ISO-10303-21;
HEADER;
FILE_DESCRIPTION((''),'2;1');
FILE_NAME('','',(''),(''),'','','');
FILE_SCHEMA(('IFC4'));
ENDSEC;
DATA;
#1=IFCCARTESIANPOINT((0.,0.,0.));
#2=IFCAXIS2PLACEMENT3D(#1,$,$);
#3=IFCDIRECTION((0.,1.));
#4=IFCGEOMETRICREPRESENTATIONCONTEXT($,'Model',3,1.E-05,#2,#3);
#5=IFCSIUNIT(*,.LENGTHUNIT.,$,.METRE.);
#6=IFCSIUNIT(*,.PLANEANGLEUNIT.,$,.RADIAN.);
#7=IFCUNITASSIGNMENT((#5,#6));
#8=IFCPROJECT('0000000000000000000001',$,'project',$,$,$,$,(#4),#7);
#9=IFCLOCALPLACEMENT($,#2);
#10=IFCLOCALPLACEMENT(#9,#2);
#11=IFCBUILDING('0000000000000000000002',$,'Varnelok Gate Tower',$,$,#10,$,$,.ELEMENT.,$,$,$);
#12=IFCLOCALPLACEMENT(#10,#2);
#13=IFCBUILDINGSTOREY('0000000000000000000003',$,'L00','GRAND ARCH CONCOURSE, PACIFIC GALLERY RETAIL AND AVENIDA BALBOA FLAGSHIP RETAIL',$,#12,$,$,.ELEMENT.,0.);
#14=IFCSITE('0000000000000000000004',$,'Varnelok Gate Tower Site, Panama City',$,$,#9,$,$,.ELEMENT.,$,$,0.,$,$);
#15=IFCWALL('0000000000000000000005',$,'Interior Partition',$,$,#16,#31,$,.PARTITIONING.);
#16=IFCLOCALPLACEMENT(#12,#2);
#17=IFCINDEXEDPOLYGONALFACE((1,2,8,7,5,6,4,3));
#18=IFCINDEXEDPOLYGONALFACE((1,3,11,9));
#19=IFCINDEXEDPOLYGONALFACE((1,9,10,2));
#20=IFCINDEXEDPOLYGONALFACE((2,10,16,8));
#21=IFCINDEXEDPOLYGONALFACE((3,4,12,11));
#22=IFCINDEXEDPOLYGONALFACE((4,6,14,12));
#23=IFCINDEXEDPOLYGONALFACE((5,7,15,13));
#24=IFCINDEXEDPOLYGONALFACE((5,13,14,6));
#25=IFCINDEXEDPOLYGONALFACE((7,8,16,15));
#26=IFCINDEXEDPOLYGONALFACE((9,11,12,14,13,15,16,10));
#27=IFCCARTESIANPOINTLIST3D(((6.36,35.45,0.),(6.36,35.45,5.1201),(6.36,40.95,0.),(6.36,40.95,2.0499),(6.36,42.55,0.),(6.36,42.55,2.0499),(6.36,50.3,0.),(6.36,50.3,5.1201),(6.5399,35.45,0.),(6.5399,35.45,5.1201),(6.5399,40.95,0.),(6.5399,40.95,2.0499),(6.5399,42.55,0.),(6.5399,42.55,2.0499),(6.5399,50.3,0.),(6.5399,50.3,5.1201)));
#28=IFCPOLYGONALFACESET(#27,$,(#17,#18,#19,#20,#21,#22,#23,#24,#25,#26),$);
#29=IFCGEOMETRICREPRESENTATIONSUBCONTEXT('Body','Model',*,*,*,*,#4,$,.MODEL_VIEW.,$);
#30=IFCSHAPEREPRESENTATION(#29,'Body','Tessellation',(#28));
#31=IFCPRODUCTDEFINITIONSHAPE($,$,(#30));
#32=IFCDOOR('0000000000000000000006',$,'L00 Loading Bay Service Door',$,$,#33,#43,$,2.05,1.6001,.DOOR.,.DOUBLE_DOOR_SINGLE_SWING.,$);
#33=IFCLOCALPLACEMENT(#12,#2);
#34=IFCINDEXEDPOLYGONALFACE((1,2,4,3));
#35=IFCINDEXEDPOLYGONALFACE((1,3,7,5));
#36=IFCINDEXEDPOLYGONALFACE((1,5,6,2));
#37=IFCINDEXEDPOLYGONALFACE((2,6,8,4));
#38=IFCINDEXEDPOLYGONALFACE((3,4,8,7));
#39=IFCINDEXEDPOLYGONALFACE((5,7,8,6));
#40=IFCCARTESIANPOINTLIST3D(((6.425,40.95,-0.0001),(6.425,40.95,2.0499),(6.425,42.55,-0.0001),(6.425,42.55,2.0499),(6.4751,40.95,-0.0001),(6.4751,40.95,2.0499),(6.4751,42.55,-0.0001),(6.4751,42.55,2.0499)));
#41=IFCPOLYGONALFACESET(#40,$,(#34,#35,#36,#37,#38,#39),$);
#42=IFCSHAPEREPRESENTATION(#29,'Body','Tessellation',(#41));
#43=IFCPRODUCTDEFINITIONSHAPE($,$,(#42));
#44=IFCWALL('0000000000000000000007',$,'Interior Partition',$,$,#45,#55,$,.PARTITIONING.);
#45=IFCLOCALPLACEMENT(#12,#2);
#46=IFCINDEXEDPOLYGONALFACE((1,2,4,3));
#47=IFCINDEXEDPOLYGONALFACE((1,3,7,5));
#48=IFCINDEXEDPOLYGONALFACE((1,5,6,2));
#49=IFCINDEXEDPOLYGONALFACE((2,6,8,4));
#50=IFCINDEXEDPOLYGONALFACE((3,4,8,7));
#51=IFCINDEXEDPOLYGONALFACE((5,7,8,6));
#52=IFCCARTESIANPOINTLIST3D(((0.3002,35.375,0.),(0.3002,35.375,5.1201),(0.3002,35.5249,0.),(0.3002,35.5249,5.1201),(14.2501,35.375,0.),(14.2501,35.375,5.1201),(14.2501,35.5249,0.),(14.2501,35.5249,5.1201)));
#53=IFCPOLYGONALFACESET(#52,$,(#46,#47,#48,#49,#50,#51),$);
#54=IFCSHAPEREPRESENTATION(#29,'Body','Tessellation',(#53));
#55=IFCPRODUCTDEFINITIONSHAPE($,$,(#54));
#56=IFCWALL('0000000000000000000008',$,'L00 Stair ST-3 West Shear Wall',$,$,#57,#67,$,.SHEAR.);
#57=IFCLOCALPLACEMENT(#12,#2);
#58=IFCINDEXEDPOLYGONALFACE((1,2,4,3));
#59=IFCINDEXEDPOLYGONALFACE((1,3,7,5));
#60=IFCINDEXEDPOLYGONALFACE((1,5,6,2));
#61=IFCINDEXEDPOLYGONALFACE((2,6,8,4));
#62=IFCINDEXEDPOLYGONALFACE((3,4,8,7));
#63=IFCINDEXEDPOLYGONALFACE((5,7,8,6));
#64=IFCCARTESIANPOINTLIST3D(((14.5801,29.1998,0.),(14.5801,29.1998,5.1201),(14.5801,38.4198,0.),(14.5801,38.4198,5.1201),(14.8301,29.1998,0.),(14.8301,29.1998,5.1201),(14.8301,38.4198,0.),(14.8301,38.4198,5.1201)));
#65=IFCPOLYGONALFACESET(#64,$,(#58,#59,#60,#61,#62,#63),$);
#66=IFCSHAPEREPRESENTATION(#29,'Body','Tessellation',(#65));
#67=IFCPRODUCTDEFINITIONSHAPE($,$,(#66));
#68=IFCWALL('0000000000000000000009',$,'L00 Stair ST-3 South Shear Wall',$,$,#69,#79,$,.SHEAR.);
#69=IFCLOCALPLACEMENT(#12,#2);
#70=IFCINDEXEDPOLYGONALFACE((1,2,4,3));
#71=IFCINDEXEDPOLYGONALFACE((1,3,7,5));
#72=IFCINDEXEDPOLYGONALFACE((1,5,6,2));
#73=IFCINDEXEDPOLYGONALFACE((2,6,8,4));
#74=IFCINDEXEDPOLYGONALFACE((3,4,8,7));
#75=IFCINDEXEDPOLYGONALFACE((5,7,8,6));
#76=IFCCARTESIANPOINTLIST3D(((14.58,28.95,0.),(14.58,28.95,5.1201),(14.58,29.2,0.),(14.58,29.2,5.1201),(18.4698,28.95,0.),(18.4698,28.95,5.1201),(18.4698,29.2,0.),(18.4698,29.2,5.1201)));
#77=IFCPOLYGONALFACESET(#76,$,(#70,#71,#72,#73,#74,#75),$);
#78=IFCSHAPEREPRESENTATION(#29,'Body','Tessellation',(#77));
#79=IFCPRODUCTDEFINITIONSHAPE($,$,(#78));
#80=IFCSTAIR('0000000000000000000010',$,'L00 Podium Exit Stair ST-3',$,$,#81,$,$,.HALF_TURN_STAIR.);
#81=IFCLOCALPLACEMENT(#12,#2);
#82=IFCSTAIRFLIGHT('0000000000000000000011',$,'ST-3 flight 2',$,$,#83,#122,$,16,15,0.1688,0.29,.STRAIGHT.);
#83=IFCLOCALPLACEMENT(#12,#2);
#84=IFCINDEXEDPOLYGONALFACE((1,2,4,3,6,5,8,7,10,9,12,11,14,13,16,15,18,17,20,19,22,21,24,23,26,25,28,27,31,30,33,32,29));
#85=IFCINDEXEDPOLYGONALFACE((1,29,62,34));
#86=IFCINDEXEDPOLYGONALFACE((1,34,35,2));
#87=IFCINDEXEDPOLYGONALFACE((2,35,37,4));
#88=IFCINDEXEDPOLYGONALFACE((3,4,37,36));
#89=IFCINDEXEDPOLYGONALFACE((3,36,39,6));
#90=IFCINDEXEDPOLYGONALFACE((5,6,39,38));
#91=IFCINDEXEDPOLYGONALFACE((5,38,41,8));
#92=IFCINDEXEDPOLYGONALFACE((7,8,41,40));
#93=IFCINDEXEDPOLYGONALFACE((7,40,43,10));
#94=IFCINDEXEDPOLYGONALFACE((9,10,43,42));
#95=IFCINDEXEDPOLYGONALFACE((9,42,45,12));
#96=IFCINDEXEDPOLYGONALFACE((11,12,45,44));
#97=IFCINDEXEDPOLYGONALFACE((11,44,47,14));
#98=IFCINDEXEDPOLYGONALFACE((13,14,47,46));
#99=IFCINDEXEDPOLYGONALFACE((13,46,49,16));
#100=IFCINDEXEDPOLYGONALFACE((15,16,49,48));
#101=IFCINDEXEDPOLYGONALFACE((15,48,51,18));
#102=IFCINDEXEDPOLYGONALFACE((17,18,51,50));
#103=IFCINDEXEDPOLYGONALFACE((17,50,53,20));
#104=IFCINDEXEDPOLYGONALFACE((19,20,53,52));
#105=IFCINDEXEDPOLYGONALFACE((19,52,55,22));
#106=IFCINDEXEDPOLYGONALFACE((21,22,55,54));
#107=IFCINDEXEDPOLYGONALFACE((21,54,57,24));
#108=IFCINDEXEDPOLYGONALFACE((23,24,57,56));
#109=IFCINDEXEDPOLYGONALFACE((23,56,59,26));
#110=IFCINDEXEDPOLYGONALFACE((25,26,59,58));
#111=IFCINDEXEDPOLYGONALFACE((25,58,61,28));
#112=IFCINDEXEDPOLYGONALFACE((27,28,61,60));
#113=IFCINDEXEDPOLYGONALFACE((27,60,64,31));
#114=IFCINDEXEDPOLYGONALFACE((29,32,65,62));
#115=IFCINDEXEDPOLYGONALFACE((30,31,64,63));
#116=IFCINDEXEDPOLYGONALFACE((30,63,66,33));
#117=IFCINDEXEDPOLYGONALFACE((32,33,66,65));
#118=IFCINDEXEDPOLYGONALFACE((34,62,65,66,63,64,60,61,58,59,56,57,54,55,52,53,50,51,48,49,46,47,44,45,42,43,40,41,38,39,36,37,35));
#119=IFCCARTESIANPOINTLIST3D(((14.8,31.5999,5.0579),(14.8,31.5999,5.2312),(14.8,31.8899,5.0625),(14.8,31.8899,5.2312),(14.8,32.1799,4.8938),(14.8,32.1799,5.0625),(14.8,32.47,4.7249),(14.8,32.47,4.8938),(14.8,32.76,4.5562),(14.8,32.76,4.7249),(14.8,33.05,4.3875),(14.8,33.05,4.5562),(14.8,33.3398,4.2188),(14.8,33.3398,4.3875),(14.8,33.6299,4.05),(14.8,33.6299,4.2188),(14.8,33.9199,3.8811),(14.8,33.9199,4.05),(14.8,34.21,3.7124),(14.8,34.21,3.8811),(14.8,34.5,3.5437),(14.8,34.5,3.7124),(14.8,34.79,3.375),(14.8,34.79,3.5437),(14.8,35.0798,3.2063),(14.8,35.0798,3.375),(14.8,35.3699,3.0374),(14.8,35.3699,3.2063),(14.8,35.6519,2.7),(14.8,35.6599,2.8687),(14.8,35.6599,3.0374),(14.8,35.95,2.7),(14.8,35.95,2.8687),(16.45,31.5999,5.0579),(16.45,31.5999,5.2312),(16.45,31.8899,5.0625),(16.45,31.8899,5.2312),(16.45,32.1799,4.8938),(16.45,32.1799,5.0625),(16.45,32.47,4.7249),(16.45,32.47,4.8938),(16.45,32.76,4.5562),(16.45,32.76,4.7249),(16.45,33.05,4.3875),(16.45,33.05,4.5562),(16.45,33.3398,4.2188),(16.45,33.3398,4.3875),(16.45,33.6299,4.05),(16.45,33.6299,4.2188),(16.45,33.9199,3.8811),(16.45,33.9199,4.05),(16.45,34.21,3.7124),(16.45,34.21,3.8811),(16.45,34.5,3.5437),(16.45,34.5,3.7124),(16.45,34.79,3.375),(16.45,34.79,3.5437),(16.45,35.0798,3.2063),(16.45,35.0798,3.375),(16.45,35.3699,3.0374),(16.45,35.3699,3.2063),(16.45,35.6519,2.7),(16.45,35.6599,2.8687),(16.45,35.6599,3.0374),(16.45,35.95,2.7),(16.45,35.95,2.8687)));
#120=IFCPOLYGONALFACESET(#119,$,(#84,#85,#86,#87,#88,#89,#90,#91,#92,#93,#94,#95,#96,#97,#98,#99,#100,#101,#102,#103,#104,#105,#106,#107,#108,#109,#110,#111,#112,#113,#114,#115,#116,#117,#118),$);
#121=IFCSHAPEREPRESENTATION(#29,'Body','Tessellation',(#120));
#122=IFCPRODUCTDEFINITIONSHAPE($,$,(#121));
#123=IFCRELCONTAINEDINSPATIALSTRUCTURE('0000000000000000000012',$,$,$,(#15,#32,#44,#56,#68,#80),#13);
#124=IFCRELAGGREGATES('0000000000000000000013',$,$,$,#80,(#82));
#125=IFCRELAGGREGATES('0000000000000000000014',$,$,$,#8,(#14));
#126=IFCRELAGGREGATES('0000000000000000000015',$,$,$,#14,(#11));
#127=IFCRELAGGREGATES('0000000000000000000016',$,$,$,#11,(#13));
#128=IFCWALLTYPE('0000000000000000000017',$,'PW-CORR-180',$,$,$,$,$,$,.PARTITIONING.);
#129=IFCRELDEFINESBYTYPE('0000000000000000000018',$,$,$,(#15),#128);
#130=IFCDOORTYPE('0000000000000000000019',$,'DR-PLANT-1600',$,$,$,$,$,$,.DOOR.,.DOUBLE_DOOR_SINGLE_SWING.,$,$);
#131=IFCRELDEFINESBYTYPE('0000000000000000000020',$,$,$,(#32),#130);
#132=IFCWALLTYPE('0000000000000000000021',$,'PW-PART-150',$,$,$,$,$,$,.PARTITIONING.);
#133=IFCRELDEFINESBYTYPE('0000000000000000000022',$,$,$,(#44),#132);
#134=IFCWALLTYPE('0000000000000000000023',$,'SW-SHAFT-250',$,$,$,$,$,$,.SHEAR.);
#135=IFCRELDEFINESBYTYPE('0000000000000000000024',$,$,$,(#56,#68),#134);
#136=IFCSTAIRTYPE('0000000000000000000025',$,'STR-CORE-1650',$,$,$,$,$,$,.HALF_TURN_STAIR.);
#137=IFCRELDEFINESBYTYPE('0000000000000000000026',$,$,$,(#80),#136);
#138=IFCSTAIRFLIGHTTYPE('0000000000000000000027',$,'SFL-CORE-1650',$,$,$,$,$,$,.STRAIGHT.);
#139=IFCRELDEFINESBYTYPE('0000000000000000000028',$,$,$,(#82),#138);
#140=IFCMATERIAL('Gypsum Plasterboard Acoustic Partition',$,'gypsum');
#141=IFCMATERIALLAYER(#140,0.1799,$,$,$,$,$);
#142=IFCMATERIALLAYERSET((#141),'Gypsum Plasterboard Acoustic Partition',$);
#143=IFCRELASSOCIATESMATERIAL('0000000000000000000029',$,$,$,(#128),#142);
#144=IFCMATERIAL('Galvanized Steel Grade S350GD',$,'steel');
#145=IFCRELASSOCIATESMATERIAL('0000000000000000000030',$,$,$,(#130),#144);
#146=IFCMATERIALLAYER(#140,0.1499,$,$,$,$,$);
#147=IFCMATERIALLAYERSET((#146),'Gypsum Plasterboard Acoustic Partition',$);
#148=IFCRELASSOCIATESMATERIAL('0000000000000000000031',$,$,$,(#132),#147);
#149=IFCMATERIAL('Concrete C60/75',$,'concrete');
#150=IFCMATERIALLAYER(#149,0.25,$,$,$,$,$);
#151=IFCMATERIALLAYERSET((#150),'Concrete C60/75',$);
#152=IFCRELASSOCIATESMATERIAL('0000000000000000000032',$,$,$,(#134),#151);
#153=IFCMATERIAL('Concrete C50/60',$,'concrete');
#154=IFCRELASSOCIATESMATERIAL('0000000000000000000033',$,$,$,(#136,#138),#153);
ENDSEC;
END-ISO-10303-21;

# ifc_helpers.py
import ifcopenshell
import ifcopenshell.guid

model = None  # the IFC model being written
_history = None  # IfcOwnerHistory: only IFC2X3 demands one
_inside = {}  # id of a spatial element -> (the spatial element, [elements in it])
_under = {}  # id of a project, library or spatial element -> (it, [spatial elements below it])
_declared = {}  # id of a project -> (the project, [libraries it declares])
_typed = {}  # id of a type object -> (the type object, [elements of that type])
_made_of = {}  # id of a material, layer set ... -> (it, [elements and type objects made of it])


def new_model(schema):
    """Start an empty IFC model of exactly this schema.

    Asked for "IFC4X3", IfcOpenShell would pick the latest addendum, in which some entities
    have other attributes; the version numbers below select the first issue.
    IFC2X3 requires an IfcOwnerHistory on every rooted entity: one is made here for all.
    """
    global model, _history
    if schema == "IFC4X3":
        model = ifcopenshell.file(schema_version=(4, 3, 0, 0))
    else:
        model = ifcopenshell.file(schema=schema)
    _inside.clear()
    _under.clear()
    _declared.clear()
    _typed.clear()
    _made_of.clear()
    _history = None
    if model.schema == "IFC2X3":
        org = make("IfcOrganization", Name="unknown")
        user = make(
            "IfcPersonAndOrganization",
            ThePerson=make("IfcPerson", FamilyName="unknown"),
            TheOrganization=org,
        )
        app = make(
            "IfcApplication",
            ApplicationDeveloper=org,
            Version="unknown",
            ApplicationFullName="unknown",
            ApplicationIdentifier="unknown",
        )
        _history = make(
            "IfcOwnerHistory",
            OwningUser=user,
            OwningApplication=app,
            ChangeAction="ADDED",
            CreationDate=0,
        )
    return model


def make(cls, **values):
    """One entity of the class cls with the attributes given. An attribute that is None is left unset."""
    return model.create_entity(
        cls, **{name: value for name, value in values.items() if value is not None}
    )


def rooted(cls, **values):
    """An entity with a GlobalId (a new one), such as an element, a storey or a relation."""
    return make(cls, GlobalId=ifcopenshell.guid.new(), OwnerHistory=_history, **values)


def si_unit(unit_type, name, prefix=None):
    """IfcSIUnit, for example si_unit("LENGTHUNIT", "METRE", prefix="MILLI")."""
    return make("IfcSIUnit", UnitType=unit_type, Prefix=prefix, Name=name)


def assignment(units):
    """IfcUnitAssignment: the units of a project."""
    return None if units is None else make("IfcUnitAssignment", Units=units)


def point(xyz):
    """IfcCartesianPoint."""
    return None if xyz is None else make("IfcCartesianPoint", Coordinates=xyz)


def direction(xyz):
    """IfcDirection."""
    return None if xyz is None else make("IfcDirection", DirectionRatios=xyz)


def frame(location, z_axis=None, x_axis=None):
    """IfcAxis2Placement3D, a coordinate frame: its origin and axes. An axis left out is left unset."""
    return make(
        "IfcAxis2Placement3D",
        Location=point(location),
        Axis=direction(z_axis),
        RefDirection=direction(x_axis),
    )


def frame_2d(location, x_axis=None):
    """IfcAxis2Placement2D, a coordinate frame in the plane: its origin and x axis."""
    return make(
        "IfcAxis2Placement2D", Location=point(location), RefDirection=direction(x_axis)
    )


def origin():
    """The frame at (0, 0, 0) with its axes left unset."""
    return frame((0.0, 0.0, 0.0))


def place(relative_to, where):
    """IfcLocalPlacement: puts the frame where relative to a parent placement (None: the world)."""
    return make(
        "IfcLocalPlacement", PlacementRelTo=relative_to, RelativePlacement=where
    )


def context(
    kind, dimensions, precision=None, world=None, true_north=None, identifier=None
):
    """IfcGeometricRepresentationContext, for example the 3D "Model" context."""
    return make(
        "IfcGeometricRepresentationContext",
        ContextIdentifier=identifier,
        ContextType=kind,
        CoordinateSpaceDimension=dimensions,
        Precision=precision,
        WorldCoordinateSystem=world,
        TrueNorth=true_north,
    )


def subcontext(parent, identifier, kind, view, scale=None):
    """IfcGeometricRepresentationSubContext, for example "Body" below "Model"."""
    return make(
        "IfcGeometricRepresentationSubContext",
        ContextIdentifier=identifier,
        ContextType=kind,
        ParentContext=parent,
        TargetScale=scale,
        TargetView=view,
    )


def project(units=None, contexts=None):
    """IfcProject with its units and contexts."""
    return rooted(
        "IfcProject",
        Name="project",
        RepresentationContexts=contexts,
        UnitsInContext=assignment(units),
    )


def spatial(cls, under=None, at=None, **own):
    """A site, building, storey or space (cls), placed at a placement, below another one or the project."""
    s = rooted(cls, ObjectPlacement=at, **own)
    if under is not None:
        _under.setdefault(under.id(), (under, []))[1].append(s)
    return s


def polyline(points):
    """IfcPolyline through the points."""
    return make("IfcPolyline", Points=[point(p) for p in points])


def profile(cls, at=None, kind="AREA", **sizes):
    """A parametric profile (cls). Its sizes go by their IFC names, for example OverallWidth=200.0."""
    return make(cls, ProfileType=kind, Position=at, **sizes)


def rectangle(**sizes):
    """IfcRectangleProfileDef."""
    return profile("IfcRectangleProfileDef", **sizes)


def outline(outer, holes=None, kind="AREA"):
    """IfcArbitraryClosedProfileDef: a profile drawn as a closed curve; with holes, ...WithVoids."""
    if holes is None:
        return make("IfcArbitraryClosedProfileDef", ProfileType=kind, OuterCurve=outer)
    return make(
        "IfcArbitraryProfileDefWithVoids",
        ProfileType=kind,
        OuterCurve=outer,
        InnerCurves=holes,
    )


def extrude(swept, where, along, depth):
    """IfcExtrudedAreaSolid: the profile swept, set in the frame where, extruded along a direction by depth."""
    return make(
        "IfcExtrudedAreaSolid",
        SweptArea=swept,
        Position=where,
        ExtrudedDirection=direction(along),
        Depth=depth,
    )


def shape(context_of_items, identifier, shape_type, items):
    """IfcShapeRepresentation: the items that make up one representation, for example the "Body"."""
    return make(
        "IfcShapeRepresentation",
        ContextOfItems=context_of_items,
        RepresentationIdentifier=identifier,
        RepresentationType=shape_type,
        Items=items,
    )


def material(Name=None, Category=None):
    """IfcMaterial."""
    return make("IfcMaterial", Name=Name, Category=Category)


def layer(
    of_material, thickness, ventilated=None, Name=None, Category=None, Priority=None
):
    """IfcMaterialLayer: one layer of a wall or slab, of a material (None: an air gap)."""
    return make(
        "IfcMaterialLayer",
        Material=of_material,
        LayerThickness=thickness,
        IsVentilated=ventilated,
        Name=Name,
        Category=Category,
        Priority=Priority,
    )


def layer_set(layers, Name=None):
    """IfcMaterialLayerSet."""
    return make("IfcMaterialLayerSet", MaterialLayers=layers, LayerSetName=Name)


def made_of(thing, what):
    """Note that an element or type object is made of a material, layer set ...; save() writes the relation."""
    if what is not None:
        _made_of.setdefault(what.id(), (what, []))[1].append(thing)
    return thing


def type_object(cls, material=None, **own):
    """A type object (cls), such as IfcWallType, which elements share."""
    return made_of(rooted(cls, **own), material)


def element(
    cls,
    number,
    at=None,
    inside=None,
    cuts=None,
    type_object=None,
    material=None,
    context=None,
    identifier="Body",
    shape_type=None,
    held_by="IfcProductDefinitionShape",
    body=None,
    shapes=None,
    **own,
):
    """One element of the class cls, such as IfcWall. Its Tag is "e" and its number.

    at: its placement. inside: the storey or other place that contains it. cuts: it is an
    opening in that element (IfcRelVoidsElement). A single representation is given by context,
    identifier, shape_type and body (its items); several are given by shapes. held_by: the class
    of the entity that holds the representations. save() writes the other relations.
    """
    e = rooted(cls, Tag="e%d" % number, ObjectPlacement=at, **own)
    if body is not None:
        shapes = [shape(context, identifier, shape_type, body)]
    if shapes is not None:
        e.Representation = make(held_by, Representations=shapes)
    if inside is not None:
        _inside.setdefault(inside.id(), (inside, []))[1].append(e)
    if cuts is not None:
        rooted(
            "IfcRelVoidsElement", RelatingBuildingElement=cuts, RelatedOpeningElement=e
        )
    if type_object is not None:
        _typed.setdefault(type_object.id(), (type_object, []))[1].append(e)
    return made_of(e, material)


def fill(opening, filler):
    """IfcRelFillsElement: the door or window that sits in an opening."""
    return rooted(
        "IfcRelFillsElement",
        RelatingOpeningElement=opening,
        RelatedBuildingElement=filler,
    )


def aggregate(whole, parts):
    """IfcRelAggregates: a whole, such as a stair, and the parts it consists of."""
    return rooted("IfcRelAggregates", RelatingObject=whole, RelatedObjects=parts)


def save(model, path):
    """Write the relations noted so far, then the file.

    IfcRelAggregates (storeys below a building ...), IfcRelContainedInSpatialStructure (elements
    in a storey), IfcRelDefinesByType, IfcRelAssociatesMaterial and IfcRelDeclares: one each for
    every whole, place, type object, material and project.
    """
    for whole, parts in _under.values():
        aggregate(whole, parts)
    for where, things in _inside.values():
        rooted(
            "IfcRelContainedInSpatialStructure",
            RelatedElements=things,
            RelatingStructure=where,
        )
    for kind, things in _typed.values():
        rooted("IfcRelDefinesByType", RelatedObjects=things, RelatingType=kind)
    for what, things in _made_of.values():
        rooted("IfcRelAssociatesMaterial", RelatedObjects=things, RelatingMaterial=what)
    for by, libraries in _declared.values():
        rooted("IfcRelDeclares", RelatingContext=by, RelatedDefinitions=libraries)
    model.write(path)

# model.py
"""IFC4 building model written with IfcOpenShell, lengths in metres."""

from ifc_helpers import new_model, si_unit, direction, frame, frame_2d, origin, place, context, subcontext, project, spatial, polyline, rectangle, outline, extrude, material, layer, layer_set, type_object, element, fill, aggregate, save


model = new_model("IFC4")

# Units and contexts
model_context = context("Model", 3, precision=1e-05, world=origin(), true_north=direction((0.0, 1.0)))
body_context = subcontext(model_context, "Body", "Model", "MODEL_VIEW")
ifc_project = project(units=[si_unit("LENGTHUNIT", "METRE"), si_unit("PLANEANGLEUNIT", "RADIAN")], contexts=[model_context])

# Site, building, storey
site_placement = place(None, origin())
site = spatial("IfcSite", under=ifc_project, at=site_placement, Name="Varnelok Gate Tower Site, Panama City", CompositionType="ELEMENT", RefElevation=0.0)
building_placement = place(site_placement, origin())
building = spatial("IfcBuilding", under=site, at=building_placement, Name="Varnelok Gate Tower", CompositionType="ELEMENT")
storey_placement = place(building_placement, origin())
storey = spatial("IfcBuildingStorey", under=building, at=storey_placement, Name="L00", Description="GRAND ARCH CONCOURSE, PACIFIC GALLERY RETAIL AND AVENIDA BALBOA FLAGSHIP RETAIL", CompositionType="ELEMENT", Elevation=0.0)

# Shared definitions
ifc_material_1 = material(Name="Concrete C60/75", Category="concrete")

# Wall, opening, door
ifc_material_2 = material(Name="Gypsum Plasterboard Acoustic Partition", Category="gypsum")
ifc_layer_1 = layer(ifc_material_2, 0.1799)
ifc_layer_set_1 = layer_set([ifc_layer_1], Name="Gypsum Plasterboard Acoustic Partition")
wall_type_1 = type_object("IfcWallType", Name="PW-CORR-180", PredefinedType="PARTITIONING", material=ifc_layer_set_1)
wall_1_placement = place(storey_placement, frame((6.45, 35.45, 0.0), z_axis=(0.0, 0.0, 1.0), x_axis=(0.0, 1.0, 0.0)))
wall_1 = element("IfcWall", 1, at=wall_1_placement, inside=storey, type_object=wall_type_1, Name="Interior Partition", PredefinedType="PARTITIONING", context=body_context, shape_type="SweptSolid", body=[
    extrude(rectangle(XDim=14.8501, YDim=0.1799, at=frame_2d((7.425, 0.0))), origin(), (0.0, 0.0, 1.0), 5.1201),
])
opening_placement = place(wall_1_placement, frame((5.5, 0.0, 0.0)))
opening = element("IfcOpeningElement", 2, at=opening_placement, cuts=wall_1, PredefinedType="OPENING", context=body_context, shape_type="SweptSolid", body=[
    extrude(rectangle(XDim=1.6001, YDim=2.05, at=frame_2d((0.8, 1.0249))), frame((0.0, 0.0999, 0.0), z_axis=(0.0, -1.0, 0.0), x_axis=(1.0, 0.0, 0.0)), (0.0, 0.0, 1.0), 0.2),
])
ifc_material_3 = material(Name="Galvanized Steel Grade S350GD", Category="steel")
door_type = type_object("IfcDoorType", Name="DR-PLANT-1600", OperationType="DOUBLE_DOOR_SINGLE_SWING", PredefinedType="DOOR", material=ifc_material_3)
door_placement = place(opening_placement, origin())
door = element("IfcDoor", 3, at=door_placement, inside=storey, type_object=door_type, Name="L00 Loading Bay Service Door", OperationType="DOUBLE_DOOR_SINGLE_SWING", OverallHeight=2.05, OverallWidth=1.6001, PredefinedType="DOOR", context=body_context, shape_type="SweptSolid", body=[
    extrude(rectangle(XDim=1.6001, YDim=2.05, at=frame_2d((0.8, 1.0249))), frame((0.0, 0.0249, 0.0), z_axis=(0.0, -1.0, 0.0), x_axis=(1.0, 0.0, 0.0)), (0.0, 0.0, 1.0), 0.05),
])
fill(opening, door)

# Walls
ifc_layer_2 = layer(ifc_material_2, 0.1499)
ifc_layer_set_2 = layer_set([ifc_layer_2], Name="Gypsum Plasterboard Acoustic Partition")
wall_type_2 = type_object("IfcWallType", Name="PW-PART-150", PredefinedType="PARTITIONING", material=ifc_layer_set_2)
wall_2_placement = place(storey_placement, frame((0.3, 35.45, 0.0), z_axis=(0.0, 0.0, 1.0), x_axis=(1.0, 0.0, 0.0)))
element("IfcWall", 4, at=wall_2_placement, inside=storey, type_object=wall_type_2, Name="Interior Partition", PredefinedType="PARTITIONING", context=body_context, shape_type="SweptSolid", body=[
    extrude(rectangle(XDim=13.95, YDim=0.1499, at=frame_2d((6.9751, 0.0))), origin(), (0.0, 0.0, 1.0), 5.1201),
])
ifc_layer_3 = layer(ifc_material_1, 0.25)
ifc_layer_set_3 = layer_set([ifc_layer_3], Name="Concrete C60/75")
wall_type_3 = type_object("IfcWallType", Name="SW-SHAFT-250", PredefinedType="SHEAR", material=ifc_layer_set_3)
wall_3_placement = place(storey_placement, frame((14.7051, 29.2, 0.0), z_axis=(0.0, 0.0, 1.0), x_axis=(0.0, 1.0, 0.0)))
element("IfcWall", 5, at=wall_3_placement, inside=storey, type_object=wall_type_3, Name="L00 Stair ST-3 West Shear Wall", PredefinedType="SHEAR", context=body_context, shape_type="SweptSolid", body=[
    extrude(rectangle(XDim=9.22, YDim=0.25, at=frame_2d((4.6099, 0.0))), origin(), (0.0, 0.0, 1.0), 5.1201),
])
wall_4_placement = place(storey_placement, frame((14.5801, 29.075, 0.0), z_axis=(0.0, 0.0, 1.0), x_axis=(1.0, 0.0, 0.0)))
element("IfcWall", 6, at=wall_4_placement, inside=storey, type_object=wall_type_3, Name="L00 Stair ST-3 South Shear Wall", PredefinedType="SHEAR", context=body_context, shape_type="SweptSolid", body=[
    extrude(rectangle(XDim=3.8899, YDim=0.25, at=frame_2d((1.9448, 0.0))), origin(), (0.0, 0.0, 1.0), 5.1201),
])

# Stair, stair flight
ifc_material_4 = material(Name="Concrete C50/60", Category="concrete")
stair_type = type_object("IfcStairType", Name="STR-CORE-1650", PredefinedType="HALF_TURN_STAIR", material=ifc_material_4)
stair_placement = place(storey_placement, origin())
stair = element("IfcStair", 7, at=stair_placement, inside=storey, type_object=stair_type, Name="L00 Podium Exit Stair ST-3", PredefinedType="HALF_TURN_STAIR")
stair_flight_type = type_object("IfcStairFlightType", Name="SFL-CORE-1650", PredefinedType="STRAIGHT", material=ifc_material_4)
stair_flight_placement = place(storey_placement, frame((15.625, 35.95, 2.7), z_axis=(0.0, 0.0, 1.0), x_axis=(0.0, -1.0, 0.0)))
stair_flight = element("IfcStairFlight", 8, at=stair_flight_placement, type_object=stair_flight_type, Name="ST-3 flight 2", NumberOfRisers=16, NumberOfTreads=15, PredefinedType="STRAIGHT", RiserHeight=0.1688, TreadLength=0.29, context=body_context, shape_type="SweptSolid", body=[
    extrude(outline(polyline([(0.0, 0.0), (0.0, 0.1687), (0.29, 0.1687), (0.29, 0.3374), (0.5801, 0.3374), (0.5801, 0.5063), (0.8701, 0.5063), (0.8701, 0.675), (1.1599, 0.675), (1.1599, 0.8438), (1.45, 0.8438), (1.45, 1.0125), (1.74, 1.0125), (1.74, 1.1812), (2.03, 1.1812), (2.03, 1.3501), (2.3201, 1.3501), (2.3201, 1.5188), (2.6101, 1.5188), (2.6101, 1.6875), (2.8999, 1.6875), (2.8999, 1.8562), (3.1899, 1.8562), (3.1899, 2.0249), (3.48, 2.0249), (3.48, 2.1938), (3.77, 2.1938), (3.77, 2.3625), (4.0601, 2.3625), (4.0601, 2.5312), (4.3501, 2.5312), (4.3501, 2.7), (4.3501, 2.3579), (0.2981, 0.0), (0.0, 0.0)])), frame((0.0, 0.825, 0.0), z_axis=(0.0, -1.0, 0.0), x_axis=(1.0, 0.0, 0.0)), (0.0, 0.0, 1.0), 1.6499),
])
aggregate(stair, [stair_flight])

save(model, "model.ifc")
